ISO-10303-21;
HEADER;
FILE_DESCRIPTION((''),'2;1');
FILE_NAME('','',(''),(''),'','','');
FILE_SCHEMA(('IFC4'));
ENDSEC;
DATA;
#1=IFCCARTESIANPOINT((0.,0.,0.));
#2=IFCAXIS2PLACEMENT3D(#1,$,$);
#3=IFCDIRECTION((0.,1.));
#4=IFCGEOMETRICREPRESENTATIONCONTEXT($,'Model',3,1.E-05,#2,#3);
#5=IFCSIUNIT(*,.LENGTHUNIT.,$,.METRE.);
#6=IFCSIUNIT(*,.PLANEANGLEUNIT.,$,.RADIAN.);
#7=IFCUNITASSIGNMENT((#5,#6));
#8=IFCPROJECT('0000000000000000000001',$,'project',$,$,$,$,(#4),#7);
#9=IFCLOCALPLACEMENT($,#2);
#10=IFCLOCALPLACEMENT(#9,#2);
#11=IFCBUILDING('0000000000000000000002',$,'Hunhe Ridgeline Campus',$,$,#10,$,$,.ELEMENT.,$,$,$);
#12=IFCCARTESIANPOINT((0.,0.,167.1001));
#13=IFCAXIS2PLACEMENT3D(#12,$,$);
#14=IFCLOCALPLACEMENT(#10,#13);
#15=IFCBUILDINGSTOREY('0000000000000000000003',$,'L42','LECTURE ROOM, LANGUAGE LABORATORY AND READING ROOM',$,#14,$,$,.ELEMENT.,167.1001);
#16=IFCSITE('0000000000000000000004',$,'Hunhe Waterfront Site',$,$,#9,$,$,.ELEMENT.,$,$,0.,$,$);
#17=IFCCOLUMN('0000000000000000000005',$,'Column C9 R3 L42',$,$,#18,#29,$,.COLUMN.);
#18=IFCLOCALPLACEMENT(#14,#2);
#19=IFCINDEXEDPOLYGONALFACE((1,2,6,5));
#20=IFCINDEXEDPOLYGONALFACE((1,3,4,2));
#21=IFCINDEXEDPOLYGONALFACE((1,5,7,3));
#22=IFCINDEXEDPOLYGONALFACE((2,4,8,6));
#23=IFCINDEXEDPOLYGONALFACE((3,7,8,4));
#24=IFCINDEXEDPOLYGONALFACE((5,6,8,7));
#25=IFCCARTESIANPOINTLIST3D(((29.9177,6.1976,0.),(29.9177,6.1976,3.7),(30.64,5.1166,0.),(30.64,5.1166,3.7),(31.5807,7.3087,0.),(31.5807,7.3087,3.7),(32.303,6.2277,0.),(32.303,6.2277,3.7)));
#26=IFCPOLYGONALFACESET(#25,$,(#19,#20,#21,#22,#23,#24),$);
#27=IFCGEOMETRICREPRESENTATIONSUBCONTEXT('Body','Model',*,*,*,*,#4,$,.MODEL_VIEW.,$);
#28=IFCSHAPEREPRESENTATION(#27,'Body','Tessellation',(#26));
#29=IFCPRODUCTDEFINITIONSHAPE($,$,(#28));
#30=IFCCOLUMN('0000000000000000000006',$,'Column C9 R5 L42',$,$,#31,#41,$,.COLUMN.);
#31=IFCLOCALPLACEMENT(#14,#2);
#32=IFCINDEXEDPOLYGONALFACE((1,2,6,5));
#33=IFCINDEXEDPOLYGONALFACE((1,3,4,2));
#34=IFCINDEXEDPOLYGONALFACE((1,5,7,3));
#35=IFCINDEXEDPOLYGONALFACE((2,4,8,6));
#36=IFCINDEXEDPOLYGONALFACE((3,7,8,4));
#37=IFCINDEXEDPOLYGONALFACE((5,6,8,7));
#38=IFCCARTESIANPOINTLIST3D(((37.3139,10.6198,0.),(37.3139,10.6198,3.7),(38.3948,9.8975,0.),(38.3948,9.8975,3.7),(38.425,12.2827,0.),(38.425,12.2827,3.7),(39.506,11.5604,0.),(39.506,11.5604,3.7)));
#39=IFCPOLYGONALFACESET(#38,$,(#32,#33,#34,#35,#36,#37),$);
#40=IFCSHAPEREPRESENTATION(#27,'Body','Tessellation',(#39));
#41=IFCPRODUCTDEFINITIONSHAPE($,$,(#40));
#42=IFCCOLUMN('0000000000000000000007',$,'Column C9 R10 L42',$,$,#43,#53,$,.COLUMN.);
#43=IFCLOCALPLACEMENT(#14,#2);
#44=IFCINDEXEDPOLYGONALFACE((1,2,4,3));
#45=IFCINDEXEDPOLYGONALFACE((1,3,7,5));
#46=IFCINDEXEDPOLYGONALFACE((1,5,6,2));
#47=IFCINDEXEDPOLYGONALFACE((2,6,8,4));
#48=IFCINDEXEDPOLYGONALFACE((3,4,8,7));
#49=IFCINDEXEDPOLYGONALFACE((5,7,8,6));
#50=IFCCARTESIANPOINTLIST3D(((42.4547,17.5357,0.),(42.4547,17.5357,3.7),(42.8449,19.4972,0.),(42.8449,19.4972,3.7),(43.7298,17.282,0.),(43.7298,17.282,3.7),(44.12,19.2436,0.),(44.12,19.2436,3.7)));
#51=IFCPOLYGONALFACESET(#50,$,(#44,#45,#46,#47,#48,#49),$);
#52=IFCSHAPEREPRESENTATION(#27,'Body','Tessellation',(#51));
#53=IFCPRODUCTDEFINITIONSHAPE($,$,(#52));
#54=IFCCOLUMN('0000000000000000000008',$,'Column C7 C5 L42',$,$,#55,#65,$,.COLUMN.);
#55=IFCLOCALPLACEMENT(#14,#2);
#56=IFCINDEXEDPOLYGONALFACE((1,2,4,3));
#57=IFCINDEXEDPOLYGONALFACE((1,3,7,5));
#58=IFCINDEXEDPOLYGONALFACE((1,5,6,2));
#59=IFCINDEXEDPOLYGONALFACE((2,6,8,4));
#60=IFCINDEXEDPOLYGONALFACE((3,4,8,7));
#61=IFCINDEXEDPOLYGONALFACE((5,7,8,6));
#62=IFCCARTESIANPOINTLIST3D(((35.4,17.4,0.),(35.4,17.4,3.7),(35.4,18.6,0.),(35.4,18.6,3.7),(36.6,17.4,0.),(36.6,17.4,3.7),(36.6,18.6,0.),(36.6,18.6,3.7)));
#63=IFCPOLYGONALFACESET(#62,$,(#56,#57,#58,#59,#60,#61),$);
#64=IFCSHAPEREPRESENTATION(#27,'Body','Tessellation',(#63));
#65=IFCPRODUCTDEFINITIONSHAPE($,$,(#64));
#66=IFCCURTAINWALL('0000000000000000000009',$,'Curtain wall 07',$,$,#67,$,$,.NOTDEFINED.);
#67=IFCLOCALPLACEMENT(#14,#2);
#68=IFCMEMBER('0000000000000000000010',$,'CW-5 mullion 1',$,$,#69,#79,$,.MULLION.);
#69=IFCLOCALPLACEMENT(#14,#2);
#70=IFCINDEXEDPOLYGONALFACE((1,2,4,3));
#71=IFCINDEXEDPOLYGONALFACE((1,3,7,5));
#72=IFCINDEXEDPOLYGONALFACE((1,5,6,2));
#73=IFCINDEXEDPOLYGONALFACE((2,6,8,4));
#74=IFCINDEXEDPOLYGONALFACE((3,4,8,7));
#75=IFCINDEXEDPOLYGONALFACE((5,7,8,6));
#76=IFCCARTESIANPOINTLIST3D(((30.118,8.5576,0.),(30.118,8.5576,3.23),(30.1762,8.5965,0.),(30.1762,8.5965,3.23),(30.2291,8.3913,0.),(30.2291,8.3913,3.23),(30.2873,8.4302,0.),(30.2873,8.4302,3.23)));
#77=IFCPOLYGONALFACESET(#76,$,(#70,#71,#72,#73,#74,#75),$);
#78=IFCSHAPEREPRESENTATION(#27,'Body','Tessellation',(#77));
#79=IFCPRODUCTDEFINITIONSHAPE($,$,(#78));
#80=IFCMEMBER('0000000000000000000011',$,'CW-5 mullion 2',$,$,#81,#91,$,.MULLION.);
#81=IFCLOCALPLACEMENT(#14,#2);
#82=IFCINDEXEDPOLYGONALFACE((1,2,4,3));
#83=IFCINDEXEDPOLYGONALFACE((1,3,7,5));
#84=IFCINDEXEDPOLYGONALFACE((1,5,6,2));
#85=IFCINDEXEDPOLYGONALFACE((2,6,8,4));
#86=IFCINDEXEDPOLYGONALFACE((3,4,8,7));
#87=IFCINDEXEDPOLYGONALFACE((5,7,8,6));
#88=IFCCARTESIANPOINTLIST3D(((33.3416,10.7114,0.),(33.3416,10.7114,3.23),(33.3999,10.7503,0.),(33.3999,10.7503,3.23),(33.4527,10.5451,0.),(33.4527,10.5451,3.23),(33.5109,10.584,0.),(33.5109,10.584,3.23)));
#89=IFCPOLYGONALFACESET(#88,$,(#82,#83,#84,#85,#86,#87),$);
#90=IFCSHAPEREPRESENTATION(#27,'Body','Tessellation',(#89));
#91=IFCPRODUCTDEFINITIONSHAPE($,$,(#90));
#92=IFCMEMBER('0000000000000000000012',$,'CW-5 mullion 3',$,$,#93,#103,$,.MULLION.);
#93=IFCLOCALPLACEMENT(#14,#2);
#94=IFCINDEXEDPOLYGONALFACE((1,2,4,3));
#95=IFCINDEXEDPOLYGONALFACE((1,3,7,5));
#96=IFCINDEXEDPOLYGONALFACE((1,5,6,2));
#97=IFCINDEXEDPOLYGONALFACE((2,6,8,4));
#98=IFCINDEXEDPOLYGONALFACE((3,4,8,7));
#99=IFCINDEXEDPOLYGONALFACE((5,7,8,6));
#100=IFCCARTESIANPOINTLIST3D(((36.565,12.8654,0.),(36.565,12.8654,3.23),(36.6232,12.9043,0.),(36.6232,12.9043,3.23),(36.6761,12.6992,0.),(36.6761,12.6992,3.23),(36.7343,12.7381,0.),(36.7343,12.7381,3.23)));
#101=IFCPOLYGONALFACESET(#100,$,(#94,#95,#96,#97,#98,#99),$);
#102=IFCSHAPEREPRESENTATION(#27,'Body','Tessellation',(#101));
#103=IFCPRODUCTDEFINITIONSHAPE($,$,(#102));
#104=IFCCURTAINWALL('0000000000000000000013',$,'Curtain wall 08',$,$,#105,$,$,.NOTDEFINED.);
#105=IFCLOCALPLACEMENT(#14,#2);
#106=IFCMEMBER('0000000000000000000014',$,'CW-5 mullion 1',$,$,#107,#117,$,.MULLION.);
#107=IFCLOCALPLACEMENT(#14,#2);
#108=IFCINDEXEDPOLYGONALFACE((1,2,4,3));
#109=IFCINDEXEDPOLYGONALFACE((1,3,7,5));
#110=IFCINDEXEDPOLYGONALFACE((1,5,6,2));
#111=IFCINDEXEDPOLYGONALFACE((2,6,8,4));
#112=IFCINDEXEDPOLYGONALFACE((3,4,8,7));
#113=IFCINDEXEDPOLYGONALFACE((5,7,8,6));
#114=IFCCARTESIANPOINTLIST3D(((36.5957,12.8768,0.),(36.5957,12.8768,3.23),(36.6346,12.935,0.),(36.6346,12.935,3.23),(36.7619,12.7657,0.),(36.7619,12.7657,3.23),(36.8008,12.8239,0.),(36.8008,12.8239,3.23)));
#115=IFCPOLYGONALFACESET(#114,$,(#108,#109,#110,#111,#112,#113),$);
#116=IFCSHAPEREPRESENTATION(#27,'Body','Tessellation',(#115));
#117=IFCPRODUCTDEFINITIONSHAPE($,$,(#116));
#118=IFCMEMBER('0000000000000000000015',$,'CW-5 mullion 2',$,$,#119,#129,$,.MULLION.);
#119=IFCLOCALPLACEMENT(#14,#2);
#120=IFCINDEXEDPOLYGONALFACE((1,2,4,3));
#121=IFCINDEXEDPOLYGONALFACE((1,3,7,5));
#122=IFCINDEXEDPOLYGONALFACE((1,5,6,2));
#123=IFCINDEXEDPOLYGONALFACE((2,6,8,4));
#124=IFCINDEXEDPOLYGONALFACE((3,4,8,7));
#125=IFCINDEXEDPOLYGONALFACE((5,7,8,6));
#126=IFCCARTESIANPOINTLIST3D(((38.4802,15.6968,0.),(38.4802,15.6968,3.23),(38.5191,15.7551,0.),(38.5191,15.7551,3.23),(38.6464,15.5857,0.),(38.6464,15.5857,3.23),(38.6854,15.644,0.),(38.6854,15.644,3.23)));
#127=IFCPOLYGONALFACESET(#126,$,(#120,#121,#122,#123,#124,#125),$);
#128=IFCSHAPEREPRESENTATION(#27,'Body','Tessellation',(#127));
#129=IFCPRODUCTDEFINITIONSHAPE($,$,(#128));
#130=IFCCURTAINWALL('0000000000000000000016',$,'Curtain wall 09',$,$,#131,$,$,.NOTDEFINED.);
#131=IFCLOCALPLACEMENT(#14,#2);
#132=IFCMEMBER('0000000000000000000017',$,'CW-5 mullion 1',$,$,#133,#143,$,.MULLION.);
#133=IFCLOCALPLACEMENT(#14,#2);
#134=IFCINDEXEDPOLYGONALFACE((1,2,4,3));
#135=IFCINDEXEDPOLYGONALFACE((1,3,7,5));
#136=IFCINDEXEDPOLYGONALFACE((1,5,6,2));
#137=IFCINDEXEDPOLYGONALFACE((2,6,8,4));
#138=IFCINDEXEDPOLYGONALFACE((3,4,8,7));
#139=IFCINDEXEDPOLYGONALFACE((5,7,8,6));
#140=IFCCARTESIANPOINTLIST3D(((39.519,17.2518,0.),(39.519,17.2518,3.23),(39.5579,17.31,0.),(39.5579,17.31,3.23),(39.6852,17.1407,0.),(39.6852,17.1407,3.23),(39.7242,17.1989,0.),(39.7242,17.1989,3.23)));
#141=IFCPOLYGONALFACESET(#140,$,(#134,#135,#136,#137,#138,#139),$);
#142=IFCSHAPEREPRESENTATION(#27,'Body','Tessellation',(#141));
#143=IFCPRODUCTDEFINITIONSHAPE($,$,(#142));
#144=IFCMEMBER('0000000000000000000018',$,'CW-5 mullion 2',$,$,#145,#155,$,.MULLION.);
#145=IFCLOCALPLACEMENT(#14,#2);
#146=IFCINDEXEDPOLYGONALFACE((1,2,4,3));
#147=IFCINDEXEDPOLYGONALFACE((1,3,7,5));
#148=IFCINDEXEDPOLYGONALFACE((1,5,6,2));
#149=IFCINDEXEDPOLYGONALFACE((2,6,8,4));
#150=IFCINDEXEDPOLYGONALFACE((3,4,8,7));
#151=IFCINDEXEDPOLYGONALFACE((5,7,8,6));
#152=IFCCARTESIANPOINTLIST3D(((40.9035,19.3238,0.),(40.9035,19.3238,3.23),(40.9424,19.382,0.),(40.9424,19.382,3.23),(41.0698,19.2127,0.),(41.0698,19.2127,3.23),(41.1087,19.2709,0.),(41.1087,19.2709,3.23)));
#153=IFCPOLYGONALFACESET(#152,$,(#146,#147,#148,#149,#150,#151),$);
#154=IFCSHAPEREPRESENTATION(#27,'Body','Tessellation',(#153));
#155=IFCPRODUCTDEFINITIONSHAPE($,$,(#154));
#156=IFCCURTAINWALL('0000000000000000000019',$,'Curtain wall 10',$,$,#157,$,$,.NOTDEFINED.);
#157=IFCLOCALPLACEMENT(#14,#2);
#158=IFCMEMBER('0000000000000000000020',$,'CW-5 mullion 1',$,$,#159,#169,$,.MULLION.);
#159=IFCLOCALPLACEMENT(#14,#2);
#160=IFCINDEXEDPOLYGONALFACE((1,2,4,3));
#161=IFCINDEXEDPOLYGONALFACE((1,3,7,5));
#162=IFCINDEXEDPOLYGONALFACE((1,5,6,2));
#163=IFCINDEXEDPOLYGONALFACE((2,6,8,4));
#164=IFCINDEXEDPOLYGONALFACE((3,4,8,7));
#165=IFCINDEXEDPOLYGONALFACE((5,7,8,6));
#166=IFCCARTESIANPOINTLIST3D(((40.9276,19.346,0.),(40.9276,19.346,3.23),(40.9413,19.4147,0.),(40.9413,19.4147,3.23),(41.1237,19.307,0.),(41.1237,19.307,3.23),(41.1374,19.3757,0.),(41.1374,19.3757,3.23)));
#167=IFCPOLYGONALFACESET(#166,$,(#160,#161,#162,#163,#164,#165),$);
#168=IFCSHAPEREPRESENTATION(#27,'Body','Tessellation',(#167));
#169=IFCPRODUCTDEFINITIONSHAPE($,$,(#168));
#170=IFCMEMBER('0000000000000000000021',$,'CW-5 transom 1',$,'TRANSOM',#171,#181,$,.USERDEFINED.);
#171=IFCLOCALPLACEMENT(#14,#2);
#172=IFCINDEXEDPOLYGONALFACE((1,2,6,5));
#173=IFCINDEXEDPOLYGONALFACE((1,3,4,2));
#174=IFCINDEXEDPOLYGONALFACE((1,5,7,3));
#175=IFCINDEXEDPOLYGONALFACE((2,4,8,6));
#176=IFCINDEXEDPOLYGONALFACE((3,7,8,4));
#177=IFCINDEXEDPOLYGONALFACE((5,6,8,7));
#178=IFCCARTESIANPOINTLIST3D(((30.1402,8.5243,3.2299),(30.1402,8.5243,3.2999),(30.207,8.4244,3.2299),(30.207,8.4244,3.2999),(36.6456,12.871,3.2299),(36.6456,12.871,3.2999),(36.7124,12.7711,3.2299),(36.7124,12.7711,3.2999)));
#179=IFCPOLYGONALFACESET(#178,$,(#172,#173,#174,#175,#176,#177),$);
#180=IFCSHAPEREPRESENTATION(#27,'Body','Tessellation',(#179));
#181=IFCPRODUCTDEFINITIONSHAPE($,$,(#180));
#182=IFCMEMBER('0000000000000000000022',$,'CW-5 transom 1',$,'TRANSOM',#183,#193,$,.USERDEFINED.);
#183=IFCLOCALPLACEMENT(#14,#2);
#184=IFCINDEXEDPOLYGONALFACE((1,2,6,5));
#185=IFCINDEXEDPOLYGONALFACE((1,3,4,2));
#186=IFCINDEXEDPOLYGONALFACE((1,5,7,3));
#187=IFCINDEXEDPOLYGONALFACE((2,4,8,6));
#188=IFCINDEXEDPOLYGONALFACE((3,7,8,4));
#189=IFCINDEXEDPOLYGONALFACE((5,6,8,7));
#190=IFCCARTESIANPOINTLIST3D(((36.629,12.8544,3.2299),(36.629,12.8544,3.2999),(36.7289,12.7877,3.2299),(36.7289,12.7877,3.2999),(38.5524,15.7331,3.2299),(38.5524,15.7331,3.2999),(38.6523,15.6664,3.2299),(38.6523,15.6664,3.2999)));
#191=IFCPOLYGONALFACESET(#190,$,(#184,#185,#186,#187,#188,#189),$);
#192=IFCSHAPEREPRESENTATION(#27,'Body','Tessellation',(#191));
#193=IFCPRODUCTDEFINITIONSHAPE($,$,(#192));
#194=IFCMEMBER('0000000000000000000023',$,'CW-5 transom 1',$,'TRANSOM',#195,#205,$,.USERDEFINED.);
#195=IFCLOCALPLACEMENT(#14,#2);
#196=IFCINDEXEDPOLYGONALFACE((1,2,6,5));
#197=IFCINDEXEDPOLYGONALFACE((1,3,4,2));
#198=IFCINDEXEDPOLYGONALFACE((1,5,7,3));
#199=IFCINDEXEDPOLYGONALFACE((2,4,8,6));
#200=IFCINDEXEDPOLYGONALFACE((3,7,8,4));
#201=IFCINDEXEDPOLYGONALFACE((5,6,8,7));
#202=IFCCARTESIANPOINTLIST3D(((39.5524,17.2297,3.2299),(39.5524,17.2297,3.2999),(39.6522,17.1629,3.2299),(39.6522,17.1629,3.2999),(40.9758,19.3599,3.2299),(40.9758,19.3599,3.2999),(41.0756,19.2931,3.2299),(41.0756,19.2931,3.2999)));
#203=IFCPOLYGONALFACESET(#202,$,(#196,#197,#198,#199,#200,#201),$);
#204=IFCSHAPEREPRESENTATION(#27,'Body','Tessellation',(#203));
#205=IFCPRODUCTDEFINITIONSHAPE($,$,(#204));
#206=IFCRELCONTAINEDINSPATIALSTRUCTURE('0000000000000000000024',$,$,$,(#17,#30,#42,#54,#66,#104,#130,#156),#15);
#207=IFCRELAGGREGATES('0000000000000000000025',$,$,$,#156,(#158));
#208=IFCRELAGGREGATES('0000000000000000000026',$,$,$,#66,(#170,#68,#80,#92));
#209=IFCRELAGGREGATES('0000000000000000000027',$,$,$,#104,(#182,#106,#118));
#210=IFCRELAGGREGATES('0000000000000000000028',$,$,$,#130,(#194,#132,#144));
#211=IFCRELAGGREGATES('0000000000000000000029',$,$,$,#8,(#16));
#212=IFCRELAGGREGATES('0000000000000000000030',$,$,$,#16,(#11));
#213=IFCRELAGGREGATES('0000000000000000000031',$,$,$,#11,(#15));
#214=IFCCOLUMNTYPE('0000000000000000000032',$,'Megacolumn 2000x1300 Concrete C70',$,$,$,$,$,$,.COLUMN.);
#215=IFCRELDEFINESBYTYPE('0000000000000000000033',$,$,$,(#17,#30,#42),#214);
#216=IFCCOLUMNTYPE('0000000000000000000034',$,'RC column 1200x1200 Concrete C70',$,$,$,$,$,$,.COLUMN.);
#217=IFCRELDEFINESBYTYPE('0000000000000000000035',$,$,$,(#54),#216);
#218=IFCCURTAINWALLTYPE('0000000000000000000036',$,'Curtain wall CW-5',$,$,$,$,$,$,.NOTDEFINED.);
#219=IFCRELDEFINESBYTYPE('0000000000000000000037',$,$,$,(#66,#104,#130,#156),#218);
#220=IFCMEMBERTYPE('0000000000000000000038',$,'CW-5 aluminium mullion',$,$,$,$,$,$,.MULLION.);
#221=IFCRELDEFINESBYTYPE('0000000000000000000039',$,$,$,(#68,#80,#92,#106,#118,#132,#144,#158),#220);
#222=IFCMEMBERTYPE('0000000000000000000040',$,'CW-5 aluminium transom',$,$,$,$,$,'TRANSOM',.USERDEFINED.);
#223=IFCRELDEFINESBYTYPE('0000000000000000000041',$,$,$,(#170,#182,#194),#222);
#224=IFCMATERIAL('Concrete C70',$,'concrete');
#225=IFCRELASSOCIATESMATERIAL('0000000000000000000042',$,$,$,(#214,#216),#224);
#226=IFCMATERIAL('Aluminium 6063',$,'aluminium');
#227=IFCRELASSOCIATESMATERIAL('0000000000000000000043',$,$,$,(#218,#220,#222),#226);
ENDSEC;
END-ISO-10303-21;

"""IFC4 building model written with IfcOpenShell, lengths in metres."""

from ifc_helpers import new_model, si_unit, direction, frame, origin, origin_2d, place, context, subcontext, project, spatial, rectangle, extrude, material, material_profile, profile_set, type_object, element, aggregate, save


model = new_model("IFC4")

# Units and contexts
model_context = context("Model", 3, precision=1e-05, world=origin(), true_north=direction((0.0, 1.0)))
body_context = subcontext(model_context, "Body", "Model", "MODEL_VIEW")
ifc_project = project(units=[si_unit("LENGTHUNIT", "METRE"), si_unit("PLANEANGLEUNIT", "RADIAN")], contexts=[model_context])

# Site, building, storey
site_placement = place(None, origin())
site = spatial("IfcSite", under=ifc_project, at=site_placement, Name="Hunhe Waterfront Site", CompositionType="ELEMENT", RefElevation=0.0)
building_placement = place(site_placement, origin())
building = spatial("IfcBuilding", under=site, at=building_placement, Name="Hunhe Ridgeline Campus", CompositionType="ELEMENT")
storey_placement = place(building_placement, frame((0.0, 0.0, 167.1001)))
storey = spatial("IfcBuildingStorey", under=building, at=storey_placement, Name="L42", Description="LECTURE ROOM, LANGUAGE LABORATORY AND READING ROOM", CompositionType="ELEMENT", Elevation=167.1001)

# Columns
ifc_material_1 = material(Name="Concrete C70", Category="concrete")
ifc_material_profile_1 = material_profile(ifc_material_1, rectangle(XDim=2.0, YDim=1.3, at=origin_2d()))
ifc_profile_set_1 = profile_set([ifc_material_profile_1], Name="Concrete C70")
column_type_1 = type_object("IfcColumnType", Name="Megacolumn 2000x1300 Concrete C70", PredefinedType="COLUMN", material=ifc_profile_set_1)
for number, where, z_axis, x_axis, name in (
    (1, (31.1104, 6.2126, 0.0), (0.0, 0.0, 1.0), (0.83147, 0.55557, 0.0), "Column C9 R3 L42"),
    (2, (38.4099, 11.0901, 0.0), (0.0, 0.0, 1.0), (0.55557, 0.83147, 0.0), "Column C9 R5 L42"),
    (3, (43.2874, 18.3896, 0.0), (0.0, 0.0, 1.0), (0.19509, 0.980785, 0.0), "Column C9 R10 L42"),
):
    element("IfcColumn", number, at=place(storey_placement, frame(where, z_axis=z_axis, x_axis=x_axis)), inside=storey, type_object=column_type_1, Name=name, PredefinedType="COLUMN", context=body_context, shape_type="SweptSolid", body=[
        extrude(rectangle(XDim=2.0, YDim=1.3, at=origin_2d()), origin(), (0.0, 0.0, 1.0), 3.7),
    ])
ifc_material_profile_2 = material_profile(ifc_material_1, rectangle(XDim=1.2, YDim=1.2, at=origin_2d()))
ifc_profile_set_2 = profile_set([ifc_material_profile_2], Name="Concrete C70")
column_type_2 = type_object("IfcColumnType", Name="RC column 1200x1200 Concrete C70", PredefinedType="COLUMN", material=ifc_profile_set_2)
column_placement = place(storey_placement, frame((36.0, 18.0, 0.0), z_axis=(0.0, 0.0, 1.0), x_axis=(1.0, 0.0, 0.0)))
element("IfcColumn", 4, at=column_placement, inside=storey, type_object=column_type_2, Name="Column C7 C5 L42", PredefinedType="COLUMN", context=body_context, shape_type="SweptSolid", body=[
    extrude(rectangle(XDim=1.2, YDim=1.2, at=origin_2d()), origin(), (0.0, 0.0, 1.0), 3.7),
])

# Curtain walls, members
ifc_material_2 = material(Name="Aluminium 6063", Category="aluminium")
curtain_wall_type = type_object("IfcCurtainWallType", Name="Curtain wall CW-5", PredefinedType="NOTDEFINED", material=ifc_material_2)
curtain_wall_1_placement = place(storey_placement, origin())
curtain_wall_1 = element("IfcCurtainWall", 5, at=curtain_wall_1_placement, inside=storey, type_object=curtain_wall_type, Name="Curtain wall 07", PredefinedType="NOTDEFINED")
ifc_material_profile_3 = material_profile(ifc_material_2, rectangle(XDim=0.2, YDim=0.0701, at=origin_2d()))
ifc_profile_set_3 = profile_set([ifc_material_profile_3], Name="Aluminium 6063")
member_type_1 = type_object("IfcMemberType", Name="CW-5 aluminium mullion", PredefinedType="MULLION", material=ifc_profile_set_3)
member_1_placement = place(storey_placement, frame((30.2026, 8.4939, 0.0), z_axis=(0.0, 0.0, 1.0), x_axis=(-0.55557, 0.83147, 0.0)))
member_1 = element("IfcMember", 6, at=member_1_placement, type_object=member_type_1, Name="CW-5 mullion 1", PredefinedType="MULLION", context=body_context, shape_type="SweptSolid", body=[
    extrude(rectangle(XDim=0.2, YDim=0.0701, at=origin_2d()), origin(), (0.0, 0.0, 1.0), 3.23),
])
member_2_placement = place(storey_placement, frame((33.4263, 10.6477, 0.0), z_axis=(0.0, 0.0, 1.0), x_axis=(-0.55557, 0.83147, 0.0)))
member_2 = element("IfcMember", 7, at=member_2_placement, type_object=member_type_1, Name="CW-5 mullion 2", PredefinedType="MULLION", context=body_context, shape_type="SweptSolid", body=[
    extrude(rectangle(XDim=0.2, YDim=0.0701, at=origin_2d()), origin(), (0.0, 0.0, 1.0), 3.23),
])
member_3_placement = place(storey_placement, frame((36.6497, 12.8018, 0.0), z_axis=(0.0, 0.0, 1.0), x_axis=(-0.55557, 0.83147, 0.0)))
member_3 = element("IfcMember", 8, at=member_3_placement, type_object=member_type_1, Name="CW-5 mullion 3", PredefinedType="MULLION", context=body_context, shape_type="SweptSolid", body=[
    extrude(rectangle(XDim=0.2, YDim=0.0701, at=origin_2d()), origin(), (0.0, 0.0, 1.0), 3.23),
])
curtain_wall_2_placement = place(storey_placement, origin())
curtain_wall_2 = element("IfcCurtainWall", 9, at=curtain_wall_2_placement, inside=storey, type_object=curtain_wall_type, Name="Curtain wall 08", PredefinedType="NOTDEFINED")
member_4_placement = place(storey_placement, frame((36.6982, 12.8503, 0.0), z_axis=(0.0, 0.0, 1.0), x_axis=(-0.83147, 0.55557, 0.0)))
member_4 = element("IfcMember", 10, at=member_4_placement, type_object=member_type_1, Name="CW-5 mullion 1", PredefinedType="MULLION", context=body_context, shape_type="SweptSolid", body=[
    extrude(rectangle(XDim=0.2, YDim=0.0701, at=origin_2d()), origin(), (0.0, 0.0, 1.0), 3.23),
])
member_5_placement = place(storey_placement, frame((38.5828, 15.6704, 0.0), z_axis=(0.0, 0.0, 1.0), x_axis=(-0.83147, 0.55557, 0.0)))
member_5 = element("IfcMember", 11, at=member_5_placement, type_object=member_type_1, Name="CW-5 mullion 2", PredefinedType="MULLION", context=body_context, shape_type="SweptSolid", body=[
    extrude(rectangle(XDim=0.2, YDim=0.0701, at=origin_2d()), origin(), (0.0, 0.0, 1.0), 3.23),
])
curtain_wall_3_placement = place(storey_placement, origin())
curtain_wall_3 = element("IfcCurtainWall", 12, at=curtain_wall_3_placement, inside=storey, type_object=curtain_wall_type, Name="Curtain wall 09", PredefinedType="NOTDEFINED")
member_6_placement = place(storey_placement, frame((39.6216, 17.2253, 0.0), z_axis=(0.0, 0.0, 1.0), x_axis=(-0.83147, 0.55557, 0.0)))
member_6 = element("IfcMember", 13, at=member_6_placement, type_object=member_type_1, Name="CW-5 mullion 1", PredefinedType="MULLION", context=body_context, shape_type="SweptSolid", body=[
    extrude(rectangle(XDim=0.2, YDim=0.0701, at=origin_2d()), origin(), (0.0, 0.0, 1.0), 3.23),
])
member_7_placement = place(storey_placement, frame((41.0061, 19.2974, 0.0), z_axis=(0.0, 0.0, 1.0), x_axis=(-0.83147, 0.55557, 0.0)))
member_7 = element("IfcMember", 14, at=member_7_placement, type_object=member_type_1, Name="CW-5 mullion 2", PredefinedType="MULLION", context=body_context, shape_type="SweptSolid", body=[
    extrude(rectangle(XDim=0.2, YDim=0.0701, at=origin_2d()), origin(), (0.0, 0.0, 1.0), 3.23),
])

# Curtain wall, member
curtain_wall_4_placement = place(storey_placement, origin())
curtain_wall_4 = element("IfcCurtainWall", 15, at=curtain_wall_4_placement, inside=storey, type_object=curtain_wall_type, Name="Curtain wall 10", PredefinedType="NOTDEFINED")
member_8_placement = place(storey_placement, frame((41.0325, 19.3608, 0.0), z_axis=(0.0, 0.0, 1.0), x_axis=(-0.980785, 0.19509, 0.0)))
member_8 = element("IfcMember", 16, at=member_8_placement, type_object=member_type_1, Name="CW-5 mullion 1", PredefinedType="MULLION", context=body_context, shape_type="SweptSolid", body=[
    extrude(rectangle(XDim=0.2, YDim=0.0701, at=origin_2d()), origin(), (0.0, 0.0, 1.0), 3.23),
])

# Members
ifc_material_profile_4 = material_profile(ifc_material_2, rectangle(XDim=0.1201, YDim=0.0701, at=origin_2d()))
ifc_profile_set_4 = profile_set([ifc_material_profile_4], Name="Aluminium 6063")
member_type_2 = type_object("IfcMemberType", Name="CW-5 aluminium transom", ElementType="TRANSOM", PredefinedType="USERDEFINED", material=ifc_profile_set_4)
member_9_placement = place(storey_placement, frame((30.1736, 8.4744, 3.2649), z_axis=(0.831474, 0.555564, 0.0), x_axis=(-0.555564, 0.831474, 0.0)))
member_9 = element("IfcMember", 17, at=member_9_placement, type_object=member_type_2, Name="CW-5 transom 1", ObjectType="TRANSOM", PredefinedType="USERDEFINED", context=body_context, shape_type="SweptSolid", body=[
    extrude(rectangle(XDim=0.1201, YDim=0.0701, at=origin_2d()), origin(), (0.0, 0.0, 1.0), 7.824),
])
member_10_placement = place(storey_placement, frame((36.679, 12.821, 3.2649), z_axis=(0.555546, 0.831486, 0.0), x_axis=(-0.831486, 0.555546, 0.0)))
member_10 = element("IfcMember", 18, at=member_10_placement, type_object=member_type_2, Name="CW-5 transom 1", ObjectType="TRANSOM", PredefinedType="USERDEFINED", context=body_context, shape_type="SweptSolid", body=[
    extrude(rectangle(XDim=0.1201, YDim=0.0701, at=origin_2d()), origin(), (0.0, 0.0, 1.0), 3.4622),
])
member_11_placement = place(storey_placement, frame((39.6023, 17.1963, 3.2649), z_axis=(0.55558, 0.831463, 0.0), x_axis=(-0.831463, 0.55558, 0.0)))
member_11 = element("IfcMember", 19, at=member_11_placement, type_object=member_type_2, Name="CW-5 transom 1", ObjectType="TRANSOM", PredefinedType="USERDEFINED", context=body_context, shape_type="SweptSolid", body=[
    extrude(rectangle(XDim=0.1201, YDim=0.0701, at=origin_2d()), origin(), (0.0, 0.0, 1.0), 2.562),
])
aggregate(curtain_wall_4, [member_8])

aggregate(curtain_wall_1, [member_9, member_1, member_2, member_3])
aggregate(curtain_wall_2, [member_10, member_4, member_5])
aggregate(curtain_wall_3, [member_11, member_6, member_7])

save(model, "model.ifc")
